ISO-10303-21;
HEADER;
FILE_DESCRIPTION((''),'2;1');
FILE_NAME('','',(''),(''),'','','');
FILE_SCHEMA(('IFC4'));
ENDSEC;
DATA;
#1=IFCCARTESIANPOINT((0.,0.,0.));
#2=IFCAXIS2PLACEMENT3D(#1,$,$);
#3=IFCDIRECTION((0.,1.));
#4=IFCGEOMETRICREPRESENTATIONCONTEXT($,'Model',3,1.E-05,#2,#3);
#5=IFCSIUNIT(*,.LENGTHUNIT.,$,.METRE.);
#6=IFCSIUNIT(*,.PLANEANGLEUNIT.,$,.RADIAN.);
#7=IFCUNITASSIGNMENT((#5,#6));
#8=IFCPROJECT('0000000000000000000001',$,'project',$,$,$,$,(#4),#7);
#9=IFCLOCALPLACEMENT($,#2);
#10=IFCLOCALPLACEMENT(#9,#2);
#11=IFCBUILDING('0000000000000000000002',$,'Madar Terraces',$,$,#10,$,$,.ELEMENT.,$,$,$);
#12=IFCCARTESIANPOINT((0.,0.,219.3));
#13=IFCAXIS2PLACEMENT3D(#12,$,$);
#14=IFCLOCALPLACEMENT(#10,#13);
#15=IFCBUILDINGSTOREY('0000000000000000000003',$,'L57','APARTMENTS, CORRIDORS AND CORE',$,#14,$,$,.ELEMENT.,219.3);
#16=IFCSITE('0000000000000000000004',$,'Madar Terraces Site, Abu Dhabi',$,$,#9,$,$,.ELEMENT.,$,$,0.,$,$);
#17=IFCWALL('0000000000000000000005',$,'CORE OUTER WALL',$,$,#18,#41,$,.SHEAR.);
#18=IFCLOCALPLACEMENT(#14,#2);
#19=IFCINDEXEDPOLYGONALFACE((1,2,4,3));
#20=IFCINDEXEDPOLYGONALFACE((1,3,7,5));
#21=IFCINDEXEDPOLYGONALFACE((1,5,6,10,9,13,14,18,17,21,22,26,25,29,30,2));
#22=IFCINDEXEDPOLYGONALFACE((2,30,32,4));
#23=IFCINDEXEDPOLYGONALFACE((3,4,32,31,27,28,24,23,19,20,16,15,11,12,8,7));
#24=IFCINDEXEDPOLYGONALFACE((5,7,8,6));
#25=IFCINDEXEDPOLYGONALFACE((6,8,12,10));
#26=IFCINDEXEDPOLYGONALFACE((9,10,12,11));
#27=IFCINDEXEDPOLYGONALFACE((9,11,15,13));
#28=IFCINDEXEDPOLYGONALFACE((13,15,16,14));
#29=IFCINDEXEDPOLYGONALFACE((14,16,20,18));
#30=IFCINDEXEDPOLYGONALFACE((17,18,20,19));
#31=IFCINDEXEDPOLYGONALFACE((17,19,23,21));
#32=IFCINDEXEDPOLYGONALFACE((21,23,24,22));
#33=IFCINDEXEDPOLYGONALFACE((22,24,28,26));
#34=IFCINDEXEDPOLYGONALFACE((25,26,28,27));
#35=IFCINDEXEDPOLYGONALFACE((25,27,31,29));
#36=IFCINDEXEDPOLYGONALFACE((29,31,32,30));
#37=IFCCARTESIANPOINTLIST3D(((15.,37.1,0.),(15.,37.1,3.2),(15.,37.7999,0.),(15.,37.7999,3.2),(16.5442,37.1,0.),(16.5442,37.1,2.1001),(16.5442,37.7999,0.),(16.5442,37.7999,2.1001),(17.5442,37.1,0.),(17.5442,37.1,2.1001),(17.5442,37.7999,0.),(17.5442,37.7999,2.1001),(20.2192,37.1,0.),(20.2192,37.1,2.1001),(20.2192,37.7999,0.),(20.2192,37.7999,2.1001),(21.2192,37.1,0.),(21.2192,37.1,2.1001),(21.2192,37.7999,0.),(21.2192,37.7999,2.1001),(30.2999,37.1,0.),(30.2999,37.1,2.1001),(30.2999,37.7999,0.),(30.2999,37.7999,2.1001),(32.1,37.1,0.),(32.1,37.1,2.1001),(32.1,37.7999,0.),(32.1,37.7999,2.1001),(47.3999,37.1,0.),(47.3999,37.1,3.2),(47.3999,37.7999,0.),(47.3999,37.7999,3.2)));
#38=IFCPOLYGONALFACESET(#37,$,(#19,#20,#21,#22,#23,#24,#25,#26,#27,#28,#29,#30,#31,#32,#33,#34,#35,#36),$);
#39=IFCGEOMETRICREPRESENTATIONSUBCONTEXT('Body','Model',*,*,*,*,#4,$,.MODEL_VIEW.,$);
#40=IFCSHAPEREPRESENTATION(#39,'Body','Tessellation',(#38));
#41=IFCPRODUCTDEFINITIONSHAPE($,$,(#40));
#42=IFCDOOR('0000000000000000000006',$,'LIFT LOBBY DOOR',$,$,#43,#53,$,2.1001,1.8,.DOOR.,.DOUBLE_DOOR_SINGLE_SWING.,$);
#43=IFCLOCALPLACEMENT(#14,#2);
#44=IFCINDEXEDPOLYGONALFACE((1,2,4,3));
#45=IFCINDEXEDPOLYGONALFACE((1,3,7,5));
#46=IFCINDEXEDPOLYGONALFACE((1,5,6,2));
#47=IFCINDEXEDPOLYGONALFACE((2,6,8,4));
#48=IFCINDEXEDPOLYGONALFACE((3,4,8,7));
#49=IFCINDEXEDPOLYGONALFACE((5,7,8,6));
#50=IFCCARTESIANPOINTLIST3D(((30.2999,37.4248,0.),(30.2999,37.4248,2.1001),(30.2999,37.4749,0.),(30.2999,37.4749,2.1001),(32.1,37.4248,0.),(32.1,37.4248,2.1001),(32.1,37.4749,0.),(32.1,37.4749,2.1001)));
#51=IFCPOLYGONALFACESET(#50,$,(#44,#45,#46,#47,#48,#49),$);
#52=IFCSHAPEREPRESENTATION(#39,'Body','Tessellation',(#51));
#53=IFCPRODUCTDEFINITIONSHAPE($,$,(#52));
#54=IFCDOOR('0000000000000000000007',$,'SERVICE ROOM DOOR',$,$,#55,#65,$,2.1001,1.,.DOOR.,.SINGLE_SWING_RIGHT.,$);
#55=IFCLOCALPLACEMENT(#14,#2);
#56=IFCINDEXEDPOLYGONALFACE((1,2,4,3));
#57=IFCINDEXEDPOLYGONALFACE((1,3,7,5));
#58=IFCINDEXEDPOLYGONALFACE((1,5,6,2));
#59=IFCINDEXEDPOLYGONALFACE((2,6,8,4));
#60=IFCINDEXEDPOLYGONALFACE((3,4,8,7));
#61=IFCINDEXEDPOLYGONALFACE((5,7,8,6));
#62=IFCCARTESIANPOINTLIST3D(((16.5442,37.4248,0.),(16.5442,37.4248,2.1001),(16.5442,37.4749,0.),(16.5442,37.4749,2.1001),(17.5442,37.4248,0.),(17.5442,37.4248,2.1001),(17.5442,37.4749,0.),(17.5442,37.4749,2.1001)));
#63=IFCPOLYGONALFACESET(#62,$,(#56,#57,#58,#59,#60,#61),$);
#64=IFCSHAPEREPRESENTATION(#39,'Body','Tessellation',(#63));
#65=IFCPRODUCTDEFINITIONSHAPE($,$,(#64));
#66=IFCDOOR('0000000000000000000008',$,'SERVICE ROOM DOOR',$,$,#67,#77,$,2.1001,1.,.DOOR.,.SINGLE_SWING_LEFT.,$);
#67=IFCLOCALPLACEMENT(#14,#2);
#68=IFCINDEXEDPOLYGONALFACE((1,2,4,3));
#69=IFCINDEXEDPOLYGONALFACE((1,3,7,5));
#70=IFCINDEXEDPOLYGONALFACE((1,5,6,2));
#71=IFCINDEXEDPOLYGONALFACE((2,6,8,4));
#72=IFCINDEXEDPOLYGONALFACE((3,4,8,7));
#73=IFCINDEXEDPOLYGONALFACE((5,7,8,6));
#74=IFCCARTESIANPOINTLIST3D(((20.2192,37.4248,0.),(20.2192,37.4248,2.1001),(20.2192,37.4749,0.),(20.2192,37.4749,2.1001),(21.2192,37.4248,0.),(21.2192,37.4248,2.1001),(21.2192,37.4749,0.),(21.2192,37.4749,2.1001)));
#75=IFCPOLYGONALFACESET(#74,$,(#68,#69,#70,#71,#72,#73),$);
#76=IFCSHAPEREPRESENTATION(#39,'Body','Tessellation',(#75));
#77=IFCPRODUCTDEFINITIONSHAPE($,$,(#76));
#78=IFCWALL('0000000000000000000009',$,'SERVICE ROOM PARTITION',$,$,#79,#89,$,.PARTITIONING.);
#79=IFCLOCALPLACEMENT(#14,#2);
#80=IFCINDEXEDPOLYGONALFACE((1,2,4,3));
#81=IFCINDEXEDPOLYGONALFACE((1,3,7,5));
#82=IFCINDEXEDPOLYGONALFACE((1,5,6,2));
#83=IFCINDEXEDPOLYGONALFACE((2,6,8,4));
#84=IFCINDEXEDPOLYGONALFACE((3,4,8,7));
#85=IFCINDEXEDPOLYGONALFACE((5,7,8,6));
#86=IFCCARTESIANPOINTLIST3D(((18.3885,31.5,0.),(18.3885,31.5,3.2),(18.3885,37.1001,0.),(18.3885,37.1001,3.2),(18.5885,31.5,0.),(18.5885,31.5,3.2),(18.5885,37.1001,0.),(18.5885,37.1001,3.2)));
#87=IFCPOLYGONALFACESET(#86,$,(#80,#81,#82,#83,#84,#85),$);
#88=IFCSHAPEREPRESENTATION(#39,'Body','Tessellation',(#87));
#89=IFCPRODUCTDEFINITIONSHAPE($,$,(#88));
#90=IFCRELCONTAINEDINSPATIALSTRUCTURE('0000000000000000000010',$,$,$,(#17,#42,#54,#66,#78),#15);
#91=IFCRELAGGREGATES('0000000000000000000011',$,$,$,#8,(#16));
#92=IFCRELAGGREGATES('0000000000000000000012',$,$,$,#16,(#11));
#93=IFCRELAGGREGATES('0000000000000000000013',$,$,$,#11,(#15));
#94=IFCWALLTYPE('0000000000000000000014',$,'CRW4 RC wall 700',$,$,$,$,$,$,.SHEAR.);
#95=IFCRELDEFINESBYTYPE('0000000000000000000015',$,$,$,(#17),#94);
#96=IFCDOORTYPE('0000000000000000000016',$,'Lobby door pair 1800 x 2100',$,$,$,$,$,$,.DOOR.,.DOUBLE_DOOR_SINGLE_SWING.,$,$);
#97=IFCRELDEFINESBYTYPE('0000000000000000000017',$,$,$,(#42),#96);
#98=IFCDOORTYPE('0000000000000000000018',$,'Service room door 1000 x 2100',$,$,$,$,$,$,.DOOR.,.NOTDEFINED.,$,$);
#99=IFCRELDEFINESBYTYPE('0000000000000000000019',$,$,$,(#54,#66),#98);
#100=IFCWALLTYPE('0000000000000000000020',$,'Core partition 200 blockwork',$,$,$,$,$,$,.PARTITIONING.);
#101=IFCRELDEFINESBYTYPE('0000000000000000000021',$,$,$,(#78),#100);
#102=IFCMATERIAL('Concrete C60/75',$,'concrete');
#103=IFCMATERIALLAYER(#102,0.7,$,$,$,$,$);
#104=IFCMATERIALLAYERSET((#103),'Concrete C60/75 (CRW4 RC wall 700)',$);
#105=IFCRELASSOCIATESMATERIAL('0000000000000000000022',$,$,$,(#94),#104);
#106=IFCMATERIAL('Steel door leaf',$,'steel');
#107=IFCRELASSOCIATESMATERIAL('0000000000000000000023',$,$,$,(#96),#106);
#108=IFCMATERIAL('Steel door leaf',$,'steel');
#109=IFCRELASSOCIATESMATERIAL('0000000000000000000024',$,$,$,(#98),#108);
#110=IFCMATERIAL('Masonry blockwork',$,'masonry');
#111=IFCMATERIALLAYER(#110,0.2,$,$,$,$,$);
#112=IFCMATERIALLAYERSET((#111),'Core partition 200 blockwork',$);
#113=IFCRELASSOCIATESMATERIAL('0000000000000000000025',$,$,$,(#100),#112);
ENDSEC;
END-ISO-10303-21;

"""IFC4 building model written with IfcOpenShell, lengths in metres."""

from ifc_helpers import new_model, si_unit, direction, frame, frame_2d, origin, place, context, subcontext, project, spatial, rectangle, extrude, material, layer, layer_set, type_object, element, fill, save


model = new_model("IFC4")

# Units and contexts
model_context = context("Model", 3, precision=1e-05, world=origin(), true_north=direction((0.0, 1.0)))
body_context = subcontext(model_context, "Body", "Model", "MODEL_VIEW")
ifc_project = project(units=[si_unit("LENGTHUNIT", "METRE"), si_unit("PLANEANGLEUNIT", "RADIAN")], contexts=[model_context])

# Site, building, storey
site_placement = place(None, origin())
site = spatial("IfcSite", under=ifc_project, at=site_placement, Name="Madar Terraces Site, Abu Dhabi", CompositionType="ELEMENT", RefElevation=0.0)
building_placement = place(site_placement, origin())
building = spatial("IfcBuilding", under=site, at=building_placement, Name="Madar Terraces", CompositionType="ELEMENT")
storey_placement = place(building_placement, frame((0.0, 0.0, 219.3)))
storey = spatial("IfcBuildingStorey", under=building, at=storey_placement, Name="L57", Description="APARTMENTS, CORRIDORS AND CORE", CompositionType="ELEMENT", Elevation=219.3)

# Wall, openings, doors
ifc_material_1 = material(Name="Concrete C60/75", Category="concrete")
ifc_layer_1 = layer(ifc_material_1, 0.7)
ifc_layer_set_1 = layer_set([ifc_layer_1], Name="Concrete C60/75 (CRW4 RC wall 700)")
wall_type_1 = type_object("IfcWallType", Name="CRW4 RC wall 700", PredefinedType="SHEAR", material=ifc_layer_set_1)
wall_1_placement = place(storey_placement, frame((15.0, 37.45, 0.0), z_axis=(0.0, 0.0, 1.0), x_axis=(1.0, 0.0, 0.0)))
wall_1 = element("IfcWall", 1, at=wall_1_placement, inside=storey, type_object=wall_type_1, Name="CORE OUTER WALL", PredefinedType="SHEAR", context=body_context, shape_type="SweptSolid", body=[
    extrude(rectangle(XDim=32.3999, YDim=0.7, at=frame_2d((16.2, 0.0))), origin(), (0.0, 0.0, 1.0), 3.2),
])
opening_1_placement = place(wall_1_placement, frame((15.3, 0.0, 0.0)))
opening_1 = element("IfcOpeningElement", 2, at=opening_1_placement, cuts=wall_1, PredefinedType="OPENING", context=body_context, shape_type="SweptSolid", body=[
    extrude(rectangle(XDim=1.8, YDim=2.1001, at=frame_2d((0.8999, 1.05))), frame((0.0, 0.3599, 0.0), z_axis=(0.0, -1.0, 0.0), x_axis=(1.0, 0.0, 0.0)), (0.0, 0.0, 1.0), 0.72),
])
opening_2_placement = place(wall_1_placement, frame((1.5442, 0.0, 0.0)))
opening_2 = element("IfcOpeningElement", 3, at=opening_2_placement, cuts=wall_1, PredefinedType="OPENING", context=body_context, shape_type="SweptSolid", body=[
    extrude(rectangle(XDim=1.0, YDim=2.1001, at=frame_2d((0.5, 1.05))), frame((0.0, 0.3599, 0.0), z_axis=(0.0, -1.0, 0.0), x_axis=(1.0, 0.0, 0.0)), (0.0, 0.0, 1.0), 0.72),
])
opening_3_placement = place(wall_1_placement, frame((5.2192, 0.0, 0.0)))
opening_3 = element("IfcOpeningElement", 4, at=opening_3_placement, cuts=wall_1, PredefinedType="OPENING", context=body_context, shape_type="SweptSolid", body=[
    extrude(rectangle(XDim=1.0, YDim=2.1001, at=frame_2d((0.5, 1.05))), frame((0.0, 0.3599, 0.0), z_axis=(0.0, -1.0, 0.0), x_axis=(1.0, 0.0, 0.0)), (0.0, 0.0, 1.0), 0.72),
])
ifc_material_2 = material(Name="Steel door leaf", Category="steel")
door_type_1 = type_object("IfcDoorType", Name="Lobby door pair 1800 x 2100", OperationType="DOUBLE_DOOR_SINGLE_SWING", PredefinedType="DOOR", material=ifc_material_2)
door_1_placement = place(opening_1_placement, origin())
door_1 = element("IfcDoor", 5, at=door_1_placement, inside=storey, type_object=door_type_1, Name="LIFT LOBBY DOOR", OperationType="DOUBLE_DOOR_SINGLE_SWING", OverallHeight=2.1001, OverallWidth=1.8, PredefinedType="DOOR", context=body_context, shape_type="SweptSolid", body=[
    extrude(rectangle(XDim=1.8, YDim=2.1001, at=frame_2d((0.8999, 1.05))), frame((0.0, 0.0249, 0.0), z_axis=(0.0, -1.0, 0.0), x_axis=(1.0, 0.0, 0.0)), (0.0, 0.0, 1.0), 0.05),
])
fill(opening_1, door_1)
ifc_material_3 = material(Name="Steel door leaf", Category="steel")
door_type_2 = type_object("IfcDoorType", Name="Service room door 1000 x 2100", OperationType="NOTDEFINED", PredefinedType="DOOR", material=ifc_material_3)
door_2_placement = place(opening_2_placement, origin())
door_2 = element("IfcDoor", 6, at=door_2_placement, inside=storey, type_object=door_type_2, Name="SERVICE ROOM DOOR", OperationType="SINGLE_SWING_RIGHT", OverallHeight=2.1001, OverallWidth=1.0, PredefinedType="DOOR", context=body_context, shape_type="SweptSolid", body=[
    extrude(rectangle(XDim=1.0, YDim=2.1001, at=frame_2d((0.5, 1.05))), frame((0.0, 0.0249, 0.0), z_axis=(0.0, -1.0, 0.0), x_axis=(1.0, 0.0, 0.0)), (0.0, 0.0, 1.0), 0.05),
])
fill(opening_2, door_2)
door_3_placement = place(opening_3_placement, origin())
door_3 = element("IfcDoor", 7, at=door_3_placement, inside=storey, type_object=door_type_2, Name="SERVICE ROOM DOOR", OperationType="SINGLE_SWING_LEFT", OverallHeight=2.1001, OverallWidth=1.0, PredefinedType="DOOR", context=body_context, shape_type="SweptSolid", body=[
    extrude(rectangle(XDim=1.0, YDim=2.1001, at=frame_2d((0.5, 1.05))), frame((0.0, 0.0249, 0.0), z_axis=(0.0, -1.0, 0.0), x_axis=(1.0, 0.0, 0.0)), (0.0, 0.0, 1.0), 0.05),
])
fill(opening_3, door_3)

# Wall
ifc_material_4 = material(Name="Masonry blockwork", Category="masonry")
ifc_layer_2 = layer(ifc_material_4, 0.2)
ifc_layer_set_2 = layer_set([ifc_layer_2], Name="Core partition 200 blockwork")
wall_type_2 = type_object("IfcWallType", Name="Core partition 200 blockwork", PredefinedType="PARTITIONING", material=ifc_layer_set_2)
wall_2_placement = place(storey_placement, frame((18.4885, 31.5, 0.0), z_axis=(0.0, 0.0, 1.0), x_axis=(0.0, 1.0, 0.0)))
element("IfcWall", 8, at=wall_2_placement, inside=storey, type_object=wall_type_2, Name="SERVICE ROOM PARTITION", PredefinedType="PARTITIONING", context=body_context, shape_type="SweptSolid", body=[
    extrude(rectangle(XDim=5.6001, YDim=0.2, at=frame_2d((2.8, 0.0))), origin(), (0.0, 0.0, 1.0), 3.2),
])

save(model, "model.ifc")
